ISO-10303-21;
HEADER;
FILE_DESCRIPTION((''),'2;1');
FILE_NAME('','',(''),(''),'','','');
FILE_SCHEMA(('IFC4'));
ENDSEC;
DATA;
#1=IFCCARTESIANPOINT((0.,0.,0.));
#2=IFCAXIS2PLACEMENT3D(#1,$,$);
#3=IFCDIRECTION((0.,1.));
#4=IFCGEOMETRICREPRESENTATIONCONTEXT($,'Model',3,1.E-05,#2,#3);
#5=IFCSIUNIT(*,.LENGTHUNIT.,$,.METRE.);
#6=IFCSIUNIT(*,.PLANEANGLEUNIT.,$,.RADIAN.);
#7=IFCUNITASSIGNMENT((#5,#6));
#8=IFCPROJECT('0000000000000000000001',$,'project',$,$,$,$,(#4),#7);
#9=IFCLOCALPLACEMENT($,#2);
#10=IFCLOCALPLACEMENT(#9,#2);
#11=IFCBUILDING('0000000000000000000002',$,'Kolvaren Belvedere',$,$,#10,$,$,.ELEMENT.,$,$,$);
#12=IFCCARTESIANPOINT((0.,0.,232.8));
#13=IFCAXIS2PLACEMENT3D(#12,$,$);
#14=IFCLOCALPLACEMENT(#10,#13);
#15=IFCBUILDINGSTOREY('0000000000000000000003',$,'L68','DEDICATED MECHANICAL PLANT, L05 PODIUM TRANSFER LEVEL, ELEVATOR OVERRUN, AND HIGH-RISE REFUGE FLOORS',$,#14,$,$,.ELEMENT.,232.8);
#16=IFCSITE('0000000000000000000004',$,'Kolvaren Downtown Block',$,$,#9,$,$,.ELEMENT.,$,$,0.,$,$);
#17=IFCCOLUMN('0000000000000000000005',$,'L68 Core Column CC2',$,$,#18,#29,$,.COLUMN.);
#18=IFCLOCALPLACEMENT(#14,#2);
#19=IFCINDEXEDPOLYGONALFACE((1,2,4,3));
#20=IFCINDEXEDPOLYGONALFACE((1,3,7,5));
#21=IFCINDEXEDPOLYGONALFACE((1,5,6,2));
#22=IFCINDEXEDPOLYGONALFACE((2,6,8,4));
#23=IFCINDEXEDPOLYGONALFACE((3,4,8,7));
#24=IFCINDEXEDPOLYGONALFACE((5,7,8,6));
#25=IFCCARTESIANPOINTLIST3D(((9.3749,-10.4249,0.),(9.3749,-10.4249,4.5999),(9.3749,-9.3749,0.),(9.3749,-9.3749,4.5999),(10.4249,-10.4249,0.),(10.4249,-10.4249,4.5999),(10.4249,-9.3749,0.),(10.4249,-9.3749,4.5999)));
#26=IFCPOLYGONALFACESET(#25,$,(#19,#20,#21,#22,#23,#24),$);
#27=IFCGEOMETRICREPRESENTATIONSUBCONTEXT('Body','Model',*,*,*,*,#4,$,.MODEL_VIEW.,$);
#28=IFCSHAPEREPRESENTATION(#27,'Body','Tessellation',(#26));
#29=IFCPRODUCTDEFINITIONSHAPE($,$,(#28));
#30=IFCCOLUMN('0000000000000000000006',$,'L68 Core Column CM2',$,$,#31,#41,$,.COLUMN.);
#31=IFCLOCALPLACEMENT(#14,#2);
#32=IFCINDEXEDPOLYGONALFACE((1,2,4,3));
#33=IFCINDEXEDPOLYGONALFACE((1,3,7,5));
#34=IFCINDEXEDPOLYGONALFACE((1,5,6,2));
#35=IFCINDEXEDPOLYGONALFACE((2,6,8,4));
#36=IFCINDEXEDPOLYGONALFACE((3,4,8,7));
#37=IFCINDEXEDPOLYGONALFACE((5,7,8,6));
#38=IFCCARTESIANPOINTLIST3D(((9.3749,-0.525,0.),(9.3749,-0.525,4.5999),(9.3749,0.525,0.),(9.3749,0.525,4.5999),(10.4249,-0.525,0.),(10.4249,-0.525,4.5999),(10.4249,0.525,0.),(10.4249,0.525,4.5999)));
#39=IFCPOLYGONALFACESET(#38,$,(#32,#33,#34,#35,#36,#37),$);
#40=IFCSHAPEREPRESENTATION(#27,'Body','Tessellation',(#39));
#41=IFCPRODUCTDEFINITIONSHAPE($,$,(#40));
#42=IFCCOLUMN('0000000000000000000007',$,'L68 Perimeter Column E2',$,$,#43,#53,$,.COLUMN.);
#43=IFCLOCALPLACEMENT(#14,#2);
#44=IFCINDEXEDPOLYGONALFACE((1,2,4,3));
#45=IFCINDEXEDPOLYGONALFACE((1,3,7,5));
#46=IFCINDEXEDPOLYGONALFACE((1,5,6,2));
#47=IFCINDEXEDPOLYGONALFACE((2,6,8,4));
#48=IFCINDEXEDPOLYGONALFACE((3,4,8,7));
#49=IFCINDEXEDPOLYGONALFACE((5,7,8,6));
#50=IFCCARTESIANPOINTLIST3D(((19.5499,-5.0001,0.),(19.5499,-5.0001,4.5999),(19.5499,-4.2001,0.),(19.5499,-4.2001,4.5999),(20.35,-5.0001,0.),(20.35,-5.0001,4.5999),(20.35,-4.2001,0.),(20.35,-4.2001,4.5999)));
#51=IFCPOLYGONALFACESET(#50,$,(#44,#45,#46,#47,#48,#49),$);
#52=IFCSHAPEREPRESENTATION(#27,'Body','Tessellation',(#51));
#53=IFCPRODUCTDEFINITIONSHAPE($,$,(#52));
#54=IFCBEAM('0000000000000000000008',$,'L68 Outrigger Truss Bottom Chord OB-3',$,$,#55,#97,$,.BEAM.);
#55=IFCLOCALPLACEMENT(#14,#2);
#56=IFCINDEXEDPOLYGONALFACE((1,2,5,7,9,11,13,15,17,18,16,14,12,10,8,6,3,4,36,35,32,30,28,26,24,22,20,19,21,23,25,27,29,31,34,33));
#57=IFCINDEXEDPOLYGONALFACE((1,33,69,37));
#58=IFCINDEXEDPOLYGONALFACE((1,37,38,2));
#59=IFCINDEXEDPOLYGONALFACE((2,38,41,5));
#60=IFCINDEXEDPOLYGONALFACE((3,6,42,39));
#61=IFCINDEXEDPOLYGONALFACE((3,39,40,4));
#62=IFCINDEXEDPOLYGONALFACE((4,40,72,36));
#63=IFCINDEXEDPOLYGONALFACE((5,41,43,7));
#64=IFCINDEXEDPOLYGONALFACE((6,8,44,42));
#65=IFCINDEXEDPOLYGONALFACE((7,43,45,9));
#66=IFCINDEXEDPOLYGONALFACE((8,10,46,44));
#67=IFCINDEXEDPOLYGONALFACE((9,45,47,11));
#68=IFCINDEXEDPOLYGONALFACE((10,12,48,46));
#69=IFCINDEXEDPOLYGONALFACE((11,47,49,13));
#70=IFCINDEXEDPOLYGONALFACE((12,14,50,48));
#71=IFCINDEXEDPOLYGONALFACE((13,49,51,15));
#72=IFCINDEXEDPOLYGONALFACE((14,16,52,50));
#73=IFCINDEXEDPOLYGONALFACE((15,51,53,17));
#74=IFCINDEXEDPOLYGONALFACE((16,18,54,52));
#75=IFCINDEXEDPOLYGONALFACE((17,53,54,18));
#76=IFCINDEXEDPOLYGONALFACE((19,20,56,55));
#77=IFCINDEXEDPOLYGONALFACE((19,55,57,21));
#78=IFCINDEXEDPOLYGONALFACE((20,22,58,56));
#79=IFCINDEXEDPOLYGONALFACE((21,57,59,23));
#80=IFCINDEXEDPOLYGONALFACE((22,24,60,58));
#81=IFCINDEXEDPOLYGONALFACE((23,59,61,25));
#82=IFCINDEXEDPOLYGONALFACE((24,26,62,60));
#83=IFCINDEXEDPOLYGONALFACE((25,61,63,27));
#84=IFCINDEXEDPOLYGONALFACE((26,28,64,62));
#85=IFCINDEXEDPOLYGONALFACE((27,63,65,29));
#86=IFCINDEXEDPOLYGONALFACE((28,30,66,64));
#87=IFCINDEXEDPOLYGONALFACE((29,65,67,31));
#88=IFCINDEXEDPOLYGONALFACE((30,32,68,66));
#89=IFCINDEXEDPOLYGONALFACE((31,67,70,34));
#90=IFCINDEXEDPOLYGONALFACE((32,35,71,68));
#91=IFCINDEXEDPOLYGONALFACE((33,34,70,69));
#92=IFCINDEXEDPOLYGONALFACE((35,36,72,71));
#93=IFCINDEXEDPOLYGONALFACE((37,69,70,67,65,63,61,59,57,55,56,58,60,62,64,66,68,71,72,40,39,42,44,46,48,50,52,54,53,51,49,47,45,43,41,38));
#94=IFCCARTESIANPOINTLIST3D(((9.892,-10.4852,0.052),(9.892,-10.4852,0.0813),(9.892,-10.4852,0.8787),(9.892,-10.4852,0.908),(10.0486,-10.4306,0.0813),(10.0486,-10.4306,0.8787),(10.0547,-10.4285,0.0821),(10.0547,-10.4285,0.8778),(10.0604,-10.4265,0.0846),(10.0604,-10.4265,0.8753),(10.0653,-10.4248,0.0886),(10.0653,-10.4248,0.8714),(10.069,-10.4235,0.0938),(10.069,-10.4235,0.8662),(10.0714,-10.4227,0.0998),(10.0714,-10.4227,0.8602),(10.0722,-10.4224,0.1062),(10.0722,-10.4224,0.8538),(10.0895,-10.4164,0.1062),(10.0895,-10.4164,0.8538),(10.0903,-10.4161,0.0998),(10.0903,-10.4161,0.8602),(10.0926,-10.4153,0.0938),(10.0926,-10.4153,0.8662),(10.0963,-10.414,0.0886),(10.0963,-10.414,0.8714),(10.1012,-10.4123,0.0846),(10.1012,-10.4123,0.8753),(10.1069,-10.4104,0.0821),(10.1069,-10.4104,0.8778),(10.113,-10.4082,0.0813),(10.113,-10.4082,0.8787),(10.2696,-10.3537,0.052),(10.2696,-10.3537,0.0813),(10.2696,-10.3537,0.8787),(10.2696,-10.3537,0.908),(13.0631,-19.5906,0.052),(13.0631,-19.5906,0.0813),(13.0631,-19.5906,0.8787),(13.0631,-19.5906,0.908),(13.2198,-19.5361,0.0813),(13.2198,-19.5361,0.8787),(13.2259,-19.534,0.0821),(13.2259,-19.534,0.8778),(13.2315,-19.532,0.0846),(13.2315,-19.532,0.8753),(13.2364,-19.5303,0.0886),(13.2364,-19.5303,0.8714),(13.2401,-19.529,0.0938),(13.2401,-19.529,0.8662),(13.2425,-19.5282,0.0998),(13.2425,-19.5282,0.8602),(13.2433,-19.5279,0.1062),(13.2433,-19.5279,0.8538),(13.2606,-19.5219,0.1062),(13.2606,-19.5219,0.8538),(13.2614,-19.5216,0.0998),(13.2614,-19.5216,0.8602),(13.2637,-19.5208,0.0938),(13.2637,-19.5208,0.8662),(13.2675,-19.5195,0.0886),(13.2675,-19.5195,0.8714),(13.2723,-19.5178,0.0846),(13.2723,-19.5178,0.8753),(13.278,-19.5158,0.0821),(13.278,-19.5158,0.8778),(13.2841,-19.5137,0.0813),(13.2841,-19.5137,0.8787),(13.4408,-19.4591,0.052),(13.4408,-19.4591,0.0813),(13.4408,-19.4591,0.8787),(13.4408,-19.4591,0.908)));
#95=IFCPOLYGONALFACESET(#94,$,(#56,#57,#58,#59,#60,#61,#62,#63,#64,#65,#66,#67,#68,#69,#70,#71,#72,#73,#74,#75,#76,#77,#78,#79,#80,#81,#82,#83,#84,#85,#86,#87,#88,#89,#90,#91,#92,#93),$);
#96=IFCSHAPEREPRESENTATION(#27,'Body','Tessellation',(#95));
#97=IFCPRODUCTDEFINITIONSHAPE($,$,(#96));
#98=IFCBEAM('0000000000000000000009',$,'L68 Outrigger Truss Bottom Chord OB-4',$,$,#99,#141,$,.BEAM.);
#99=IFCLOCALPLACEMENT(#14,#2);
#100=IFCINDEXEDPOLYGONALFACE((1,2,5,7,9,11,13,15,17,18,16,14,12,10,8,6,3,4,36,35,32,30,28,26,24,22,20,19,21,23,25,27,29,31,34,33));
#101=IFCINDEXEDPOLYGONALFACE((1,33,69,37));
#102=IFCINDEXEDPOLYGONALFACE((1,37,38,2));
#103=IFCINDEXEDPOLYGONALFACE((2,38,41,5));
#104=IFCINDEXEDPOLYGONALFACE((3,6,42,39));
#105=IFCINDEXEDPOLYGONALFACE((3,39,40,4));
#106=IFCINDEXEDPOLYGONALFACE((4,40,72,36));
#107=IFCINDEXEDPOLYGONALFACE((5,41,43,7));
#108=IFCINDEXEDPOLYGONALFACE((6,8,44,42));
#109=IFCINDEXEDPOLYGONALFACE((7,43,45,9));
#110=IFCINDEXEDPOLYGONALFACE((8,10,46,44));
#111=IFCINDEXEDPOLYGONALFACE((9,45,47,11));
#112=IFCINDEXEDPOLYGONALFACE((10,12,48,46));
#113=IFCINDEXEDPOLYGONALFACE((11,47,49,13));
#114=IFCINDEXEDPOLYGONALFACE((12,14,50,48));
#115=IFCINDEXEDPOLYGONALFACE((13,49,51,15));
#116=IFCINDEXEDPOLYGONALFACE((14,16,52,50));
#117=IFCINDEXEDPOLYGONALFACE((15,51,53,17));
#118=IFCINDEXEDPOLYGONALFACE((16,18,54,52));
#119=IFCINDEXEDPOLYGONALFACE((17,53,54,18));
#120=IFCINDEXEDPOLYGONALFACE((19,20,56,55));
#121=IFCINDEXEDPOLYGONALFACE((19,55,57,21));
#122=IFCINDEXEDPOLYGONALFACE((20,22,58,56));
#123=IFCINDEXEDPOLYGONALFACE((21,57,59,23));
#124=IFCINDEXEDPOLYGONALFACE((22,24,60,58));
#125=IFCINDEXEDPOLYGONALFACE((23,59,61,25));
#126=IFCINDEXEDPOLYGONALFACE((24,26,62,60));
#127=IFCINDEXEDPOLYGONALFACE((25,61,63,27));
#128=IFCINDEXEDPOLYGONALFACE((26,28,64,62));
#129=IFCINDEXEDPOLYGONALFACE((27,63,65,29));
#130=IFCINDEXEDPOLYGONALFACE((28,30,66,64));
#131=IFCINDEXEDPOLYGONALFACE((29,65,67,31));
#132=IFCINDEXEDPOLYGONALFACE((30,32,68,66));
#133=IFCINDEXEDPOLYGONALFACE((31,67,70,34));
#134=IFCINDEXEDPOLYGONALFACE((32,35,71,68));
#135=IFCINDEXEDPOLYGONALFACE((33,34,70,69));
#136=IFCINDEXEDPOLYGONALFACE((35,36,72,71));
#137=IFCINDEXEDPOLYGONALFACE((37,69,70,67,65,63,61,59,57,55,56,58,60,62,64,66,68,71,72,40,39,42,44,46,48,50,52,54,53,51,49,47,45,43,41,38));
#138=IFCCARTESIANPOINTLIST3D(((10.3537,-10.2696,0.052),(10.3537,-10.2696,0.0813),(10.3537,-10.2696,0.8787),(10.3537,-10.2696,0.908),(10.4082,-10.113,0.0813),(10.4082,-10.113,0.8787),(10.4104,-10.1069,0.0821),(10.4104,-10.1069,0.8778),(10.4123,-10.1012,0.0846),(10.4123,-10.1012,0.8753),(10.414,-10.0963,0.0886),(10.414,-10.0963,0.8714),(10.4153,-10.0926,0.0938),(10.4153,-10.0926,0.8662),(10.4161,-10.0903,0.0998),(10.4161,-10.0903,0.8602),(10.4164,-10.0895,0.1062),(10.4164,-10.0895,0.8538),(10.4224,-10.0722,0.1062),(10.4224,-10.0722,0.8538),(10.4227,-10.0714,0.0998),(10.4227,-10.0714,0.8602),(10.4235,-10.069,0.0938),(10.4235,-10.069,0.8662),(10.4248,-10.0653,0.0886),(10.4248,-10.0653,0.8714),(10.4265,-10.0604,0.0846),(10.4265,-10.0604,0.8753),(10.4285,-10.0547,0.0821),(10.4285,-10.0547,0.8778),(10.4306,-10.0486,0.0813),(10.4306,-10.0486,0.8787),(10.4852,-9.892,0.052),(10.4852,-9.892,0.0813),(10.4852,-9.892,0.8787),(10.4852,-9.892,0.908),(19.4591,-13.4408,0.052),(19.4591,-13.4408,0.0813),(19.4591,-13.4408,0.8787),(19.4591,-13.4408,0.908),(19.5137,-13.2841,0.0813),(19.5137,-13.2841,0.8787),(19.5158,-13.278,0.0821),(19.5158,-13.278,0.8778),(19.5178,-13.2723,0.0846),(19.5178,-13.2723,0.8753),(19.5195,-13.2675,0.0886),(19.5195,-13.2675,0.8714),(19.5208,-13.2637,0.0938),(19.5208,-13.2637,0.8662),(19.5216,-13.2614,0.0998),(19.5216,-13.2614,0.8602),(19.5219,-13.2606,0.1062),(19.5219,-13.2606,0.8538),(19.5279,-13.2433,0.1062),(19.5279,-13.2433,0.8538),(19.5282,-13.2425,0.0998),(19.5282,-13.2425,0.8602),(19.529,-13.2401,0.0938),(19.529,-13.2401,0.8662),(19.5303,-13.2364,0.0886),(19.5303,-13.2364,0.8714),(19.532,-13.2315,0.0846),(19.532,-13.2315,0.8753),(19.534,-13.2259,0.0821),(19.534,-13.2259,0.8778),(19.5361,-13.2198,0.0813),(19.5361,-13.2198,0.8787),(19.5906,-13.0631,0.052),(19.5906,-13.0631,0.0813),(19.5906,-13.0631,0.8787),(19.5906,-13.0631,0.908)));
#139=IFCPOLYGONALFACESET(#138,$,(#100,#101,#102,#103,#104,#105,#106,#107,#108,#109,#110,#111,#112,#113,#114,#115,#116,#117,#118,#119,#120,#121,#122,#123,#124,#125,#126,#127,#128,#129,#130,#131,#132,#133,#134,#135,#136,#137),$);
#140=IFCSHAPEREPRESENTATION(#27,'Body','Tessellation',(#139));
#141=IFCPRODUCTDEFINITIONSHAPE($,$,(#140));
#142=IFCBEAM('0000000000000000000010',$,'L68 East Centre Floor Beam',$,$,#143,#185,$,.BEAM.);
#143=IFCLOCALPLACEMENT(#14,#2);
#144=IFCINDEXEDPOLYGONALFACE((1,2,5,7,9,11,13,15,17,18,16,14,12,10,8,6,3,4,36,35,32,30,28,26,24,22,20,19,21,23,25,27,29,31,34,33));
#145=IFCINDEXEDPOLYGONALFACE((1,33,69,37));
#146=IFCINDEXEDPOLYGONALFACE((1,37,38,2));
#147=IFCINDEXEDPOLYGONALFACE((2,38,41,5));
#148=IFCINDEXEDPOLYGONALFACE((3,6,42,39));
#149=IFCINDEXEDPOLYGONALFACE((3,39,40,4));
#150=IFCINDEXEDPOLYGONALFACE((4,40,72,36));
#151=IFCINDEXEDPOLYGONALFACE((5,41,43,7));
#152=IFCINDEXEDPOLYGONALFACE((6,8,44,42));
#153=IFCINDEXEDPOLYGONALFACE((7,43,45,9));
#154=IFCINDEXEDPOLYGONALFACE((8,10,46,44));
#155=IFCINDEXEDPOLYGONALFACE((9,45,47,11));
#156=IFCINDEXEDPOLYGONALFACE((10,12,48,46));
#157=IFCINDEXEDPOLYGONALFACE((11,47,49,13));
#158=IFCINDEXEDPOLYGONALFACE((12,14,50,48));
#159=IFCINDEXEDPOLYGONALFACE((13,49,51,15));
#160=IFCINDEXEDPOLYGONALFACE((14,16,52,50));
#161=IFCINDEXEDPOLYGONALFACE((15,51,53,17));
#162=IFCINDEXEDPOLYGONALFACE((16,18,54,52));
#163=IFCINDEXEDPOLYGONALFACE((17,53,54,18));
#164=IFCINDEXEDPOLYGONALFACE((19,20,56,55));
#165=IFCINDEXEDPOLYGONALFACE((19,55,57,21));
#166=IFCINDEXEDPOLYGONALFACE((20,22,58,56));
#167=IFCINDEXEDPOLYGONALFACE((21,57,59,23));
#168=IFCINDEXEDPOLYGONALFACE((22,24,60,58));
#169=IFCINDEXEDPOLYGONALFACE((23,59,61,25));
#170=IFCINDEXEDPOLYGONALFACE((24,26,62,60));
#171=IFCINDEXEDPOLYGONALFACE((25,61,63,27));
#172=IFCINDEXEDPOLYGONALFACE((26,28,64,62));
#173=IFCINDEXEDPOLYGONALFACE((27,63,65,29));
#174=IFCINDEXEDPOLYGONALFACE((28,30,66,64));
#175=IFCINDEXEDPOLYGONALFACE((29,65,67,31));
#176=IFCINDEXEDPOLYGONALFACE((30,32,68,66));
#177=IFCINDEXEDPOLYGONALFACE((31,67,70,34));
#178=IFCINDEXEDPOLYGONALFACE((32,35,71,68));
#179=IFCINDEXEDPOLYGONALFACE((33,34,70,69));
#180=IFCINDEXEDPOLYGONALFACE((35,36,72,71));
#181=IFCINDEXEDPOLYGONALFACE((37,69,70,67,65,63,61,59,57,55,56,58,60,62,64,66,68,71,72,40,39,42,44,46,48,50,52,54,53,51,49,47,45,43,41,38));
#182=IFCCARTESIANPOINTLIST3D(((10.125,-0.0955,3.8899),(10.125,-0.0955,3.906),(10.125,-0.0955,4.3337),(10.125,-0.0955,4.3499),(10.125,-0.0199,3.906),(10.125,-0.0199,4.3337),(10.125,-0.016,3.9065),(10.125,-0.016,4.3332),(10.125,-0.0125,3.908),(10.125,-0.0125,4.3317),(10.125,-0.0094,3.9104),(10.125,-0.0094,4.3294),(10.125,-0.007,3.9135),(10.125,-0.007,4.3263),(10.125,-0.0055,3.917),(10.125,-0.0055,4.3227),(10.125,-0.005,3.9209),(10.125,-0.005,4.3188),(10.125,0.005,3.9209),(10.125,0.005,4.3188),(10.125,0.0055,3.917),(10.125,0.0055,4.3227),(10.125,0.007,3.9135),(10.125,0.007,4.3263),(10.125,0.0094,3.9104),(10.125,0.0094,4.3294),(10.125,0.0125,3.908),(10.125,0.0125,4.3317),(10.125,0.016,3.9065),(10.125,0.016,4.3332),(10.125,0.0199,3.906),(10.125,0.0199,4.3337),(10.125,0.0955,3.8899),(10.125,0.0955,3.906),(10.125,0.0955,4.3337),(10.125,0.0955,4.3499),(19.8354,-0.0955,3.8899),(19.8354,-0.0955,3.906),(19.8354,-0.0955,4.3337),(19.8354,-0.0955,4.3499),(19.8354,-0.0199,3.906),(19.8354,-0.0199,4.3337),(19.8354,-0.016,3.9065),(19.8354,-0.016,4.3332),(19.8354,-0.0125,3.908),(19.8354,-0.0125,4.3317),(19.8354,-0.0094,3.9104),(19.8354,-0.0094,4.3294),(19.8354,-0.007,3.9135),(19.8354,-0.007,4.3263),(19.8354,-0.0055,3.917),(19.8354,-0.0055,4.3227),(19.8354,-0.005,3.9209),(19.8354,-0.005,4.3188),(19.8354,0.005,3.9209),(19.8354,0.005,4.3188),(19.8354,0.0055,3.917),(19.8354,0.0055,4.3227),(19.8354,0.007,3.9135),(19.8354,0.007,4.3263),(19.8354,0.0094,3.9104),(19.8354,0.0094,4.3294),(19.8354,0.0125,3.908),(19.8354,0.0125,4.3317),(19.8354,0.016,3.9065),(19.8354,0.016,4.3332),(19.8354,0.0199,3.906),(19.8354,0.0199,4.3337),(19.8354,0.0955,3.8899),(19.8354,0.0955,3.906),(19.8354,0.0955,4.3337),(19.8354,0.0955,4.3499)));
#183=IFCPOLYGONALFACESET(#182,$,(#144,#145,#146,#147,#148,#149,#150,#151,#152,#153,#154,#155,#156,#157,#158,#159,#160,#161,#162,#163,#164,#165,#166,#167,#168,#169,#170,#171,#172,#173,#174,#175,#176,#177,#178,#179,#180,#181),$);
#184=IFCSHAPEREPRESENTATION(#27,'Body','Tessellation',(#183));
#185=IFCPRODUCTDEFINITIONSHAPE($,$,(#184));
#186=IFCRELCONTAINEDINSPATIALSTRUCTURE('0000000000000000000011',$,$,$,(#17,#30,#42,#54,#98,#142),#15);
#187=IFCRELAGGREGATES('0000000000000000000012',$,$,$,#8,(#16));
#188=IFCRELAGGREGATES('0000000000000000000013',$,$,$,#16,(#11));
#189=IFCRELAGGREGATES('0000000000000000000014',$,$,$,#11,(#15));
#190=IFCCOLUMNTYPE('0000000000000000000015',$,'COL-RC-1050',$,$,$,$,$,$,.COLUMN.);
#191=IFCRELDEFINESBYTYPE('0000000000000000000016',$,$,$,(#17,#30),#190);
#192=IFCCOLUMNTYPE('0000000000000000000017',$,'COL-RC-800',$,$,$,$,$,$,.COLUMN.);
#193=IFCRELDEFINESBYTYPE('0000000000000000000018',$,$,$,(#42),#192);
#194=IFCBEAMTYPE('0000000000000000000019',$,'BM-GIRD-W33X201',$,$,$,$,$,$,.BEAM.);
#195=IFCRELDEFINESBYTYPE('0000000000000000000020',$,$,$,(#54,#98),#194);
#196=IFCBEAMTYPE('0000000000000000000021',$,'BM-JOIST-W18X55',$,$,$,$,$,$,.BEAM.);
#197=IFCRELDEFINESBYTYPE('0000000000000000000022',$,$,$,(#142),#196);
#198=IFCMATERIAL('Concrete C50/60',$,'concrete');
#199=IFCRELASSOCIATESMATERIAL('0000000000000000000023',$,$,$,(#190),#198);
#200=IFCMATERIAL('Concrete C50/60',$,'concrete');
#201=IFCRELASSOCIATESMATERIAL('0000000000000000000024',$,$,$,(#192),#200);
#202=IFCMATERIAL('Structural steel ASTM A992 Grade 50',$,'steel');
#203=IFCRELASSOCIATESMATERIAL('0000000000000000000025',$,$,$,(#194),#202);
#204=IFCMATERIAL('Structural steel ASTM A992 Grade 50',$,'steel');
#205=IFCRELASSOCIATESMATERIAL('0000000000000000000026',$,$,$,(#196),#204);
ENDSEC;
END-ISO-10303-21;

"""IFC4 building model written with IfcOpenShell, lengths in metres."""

from ifc_helpers import new_model, si_unit, direction, frame, origin, origin_2d, place, context, subcontext, project, spatial, rectangle, i_section, extrude, material, material_profile, profile_set, type_object, element, save


model = new_model("IFC4")

# Units and contexts
model_context = context("Model", 3, precision=1e-05, world=origin(), true_north=direction((0.0, 1.0)))
body_context = subcontext(model_context, "Body", "Model", "MODEL_VIEW")
ifc_project = project(units=[si_unit("LENGTHUNIT", "METRE"), si_unit("PLANEANGLEUNIT", "RADIAN")], contexts=[model_context])

# Site, building, storey
site_placement = place(None, origin())
site = spatial("IfcSite", under=ifc_project, at=site_placement, Name="Kolvaren Downtown Block", CompositionType="ELEMENT", RefElevation=0.0)
building_placement = place(site_placement, origin())
building = spatial("IfcBuilding", under=site, at=building_placement, Name="Kolvaren Belvedere", CompositionType="ELEMENT")
storey_placement = place(building_placement, frame((0.0, 0.0, 232.8)))
storey = spatial("IfcBuildingStorey", under=building, at=storey_placement, Name="L68", Description="DEDICATED MECHANICAL PLANT, L05 PODIUM TRANSFER LEVEL, ELEVATOR OVERRUN, AND HIGH-RISE REFUGE FLOORS", CompositionType="ELEMENT", Elevation=232.8)

# Columns
ifc_material_1 = material(Name="Concrete C50/60", Category="concrete")
ifc_material_profile_1 = material_profile(ifc_material_1, rectangle(XDim=1.05, YDim=1.05, at=origin_2d()), Name="RC 1050X1050")
ifc_profile_set_1 = profile_set([ifc_material_profile_1], Name="Concrete C50/60")
column_type_1 = type_object("IfcColumnType", Name="COL-RC-1050", PredefinedType="COLUMN", material=ifc_profile_set_1)
for number, where, z_axis, x_axis, name in (
    (1, (9.8999, -9.8999, 0.0), (0.0, 0.0, 1.0), (1.0, 0.0, 0.0), "L68 Core Column CC2"),
    (2, (9.8999, 0.0, 0.0), (0.0, 0.0, 1.0), (1.0, 0.0, 0.0), "L68 Core Column CM2"),
):
    element("IfcColumn", number, at=place(storey_placement, frame(where, z_axis=z_axis, x_axis=x_axis)), inside=storey, type_object=column_type_1, Name=name, PredefinedType="COLUMN", context=body_context, shape_type="SweptSolid", body=[
        extrude(rectangle(XDim=1.05, YDim=1.05, at=origin_2d()), origin(), (0.0, 0.0, 1.0), 4.5999),
    ])
ifc_material_2 = material(Name="Concrete C50/60", Category="concrete")
ifc_material_profile_2 = material_profile(ifc_material_2, rectangle(XDim=0.8, YDim=0.8, at=origin_2d()), Name="RC 800X800")
ifc_profile_set_2 = profile_set([ifc_material_profile_2], Name="Concrete C50/60")
column_type_2 = type_object("IfcColumnType", Name="COL-RC-800", PredefinedType="COLUMN", material=ifc_profile_set_2)
column_placement = place(storey_placement, frame((19.95, -4.6001, 0.0), z_axis=(0.0, 0.0, 1.0), x_axis=(1.0, 0.0, 0.0)))
element("IfcColumn", 3, at=column_placement, inside=storey, type_object=column_type_2, Name="L68 Perimeter Column E2", PredefinedType="COLUMN", context=body_context, shape_type="SweptSolid", body=[
    extrude(rectangle(XDim=0.8, YDim=0.8, at=origin_2d()), origin(), (0.0, 0.0, 1.0), 4.5999),
])

# Beams
ifc_material_3 = material(Name="Structural steel ASTM A992 Grade 50", Category="steel")
ifc_material_profile_3 = material_profile(ifc_material_3, i_section(OverallWidth=0.3999, OverallDepth=0.856, WebThickness=0.0183, FlangeThickness=0.0293, FilletRadius=0.0249, at=origin_2d()), Name="W33X201")
ifc_profile_set_3 = profile_set([ifc_material_profile_3], Name="Structural steel ASTM A992 Grade 50")
beam_type_1 = type_object("IfcBeamType", Name="BM-GIRD-W33X201", PredefinedType="BEAM", material=ifc_profile_set_3)
for number, where, z_axis, x_axis, name in (
    (4, (10.0808, -10.4194, 0.48), (0.328893, -0.944367, 0.0), (0.944367, 0.328893, 0.0), "L68 Outrigger Truss Bottom Chord OB-3"),
    (5, (10.4194, -10.0808, 0.48), (0.944367, -0.328893, 0.0), (0.328893, 0.944367, 0.0), "L68 Outrigger Truss Bottom Chord OB-4"),
):
    element("IfcBeam", number, at=place(storey_placement, frame(where, z_axis=z_axis, x_axis=x_axis)), inside=storey, type_object=beam_type_1, Name=name, PredefinedType="BEAM", context=body_context, shape_type="SweptSolid", body=[
        extrude(i_section(OverallWidth=0.3999, OverallDepth=0.856, WebThickness=0.0183, FlangeThickness=0.0293, FilletRadius=0.0249, at=origin_2d()), origin(), (0.0, 0.0, 1.0), 9.6418),
    ])
ifc_material_4 = material(Name="Structural steel ASTM A992 Grade 50", Category="steel")
ifc_material_profile_4 = material_profile(ifc_material_4, i_section(OverallWidth=0.1909, OverallDepth=0.46, WebThickness=0.01, FlangeThickness=0.0161, FilletRadius=0.0149, at=origin_2d()), Name="W18X55")
ifc_profile_set_4 = profile_set([ifc_material_profile_4], Name="Structural steel ASTM A992 Grade 50")
beam_type_2 = type_object("IfcBeamType", Name="BM-JOIST-W18X55", PredefinedType="BEAM", material=ifc_profile_set_4)
beam_1_placement = place(storey_placement, frame((10.125, 0.0, 4.1199), z_axis=(1.0, 0.0, 0.0), x_axis=(0.0, 1.0, 0.0)))
element("IfcBeam", 6, at=beam_1_placement, inside=storey, type_object=beam_type_2, Name="L68 East Centre Floor Beam", PredefinedType="BEAM", context=body_context, shape_type="SweptSolid", body=[
    extrude(i_section(OverallWidth=0.1909, OverallDepth=0.46, WebThickness=0.01, FlangeThickness=0.0161, FilletRadius=0.0149, at=origin_2d()), origin(), (0.0, 0.0, 1.0), 9.7104),
])

save(model, "model.ifc")
